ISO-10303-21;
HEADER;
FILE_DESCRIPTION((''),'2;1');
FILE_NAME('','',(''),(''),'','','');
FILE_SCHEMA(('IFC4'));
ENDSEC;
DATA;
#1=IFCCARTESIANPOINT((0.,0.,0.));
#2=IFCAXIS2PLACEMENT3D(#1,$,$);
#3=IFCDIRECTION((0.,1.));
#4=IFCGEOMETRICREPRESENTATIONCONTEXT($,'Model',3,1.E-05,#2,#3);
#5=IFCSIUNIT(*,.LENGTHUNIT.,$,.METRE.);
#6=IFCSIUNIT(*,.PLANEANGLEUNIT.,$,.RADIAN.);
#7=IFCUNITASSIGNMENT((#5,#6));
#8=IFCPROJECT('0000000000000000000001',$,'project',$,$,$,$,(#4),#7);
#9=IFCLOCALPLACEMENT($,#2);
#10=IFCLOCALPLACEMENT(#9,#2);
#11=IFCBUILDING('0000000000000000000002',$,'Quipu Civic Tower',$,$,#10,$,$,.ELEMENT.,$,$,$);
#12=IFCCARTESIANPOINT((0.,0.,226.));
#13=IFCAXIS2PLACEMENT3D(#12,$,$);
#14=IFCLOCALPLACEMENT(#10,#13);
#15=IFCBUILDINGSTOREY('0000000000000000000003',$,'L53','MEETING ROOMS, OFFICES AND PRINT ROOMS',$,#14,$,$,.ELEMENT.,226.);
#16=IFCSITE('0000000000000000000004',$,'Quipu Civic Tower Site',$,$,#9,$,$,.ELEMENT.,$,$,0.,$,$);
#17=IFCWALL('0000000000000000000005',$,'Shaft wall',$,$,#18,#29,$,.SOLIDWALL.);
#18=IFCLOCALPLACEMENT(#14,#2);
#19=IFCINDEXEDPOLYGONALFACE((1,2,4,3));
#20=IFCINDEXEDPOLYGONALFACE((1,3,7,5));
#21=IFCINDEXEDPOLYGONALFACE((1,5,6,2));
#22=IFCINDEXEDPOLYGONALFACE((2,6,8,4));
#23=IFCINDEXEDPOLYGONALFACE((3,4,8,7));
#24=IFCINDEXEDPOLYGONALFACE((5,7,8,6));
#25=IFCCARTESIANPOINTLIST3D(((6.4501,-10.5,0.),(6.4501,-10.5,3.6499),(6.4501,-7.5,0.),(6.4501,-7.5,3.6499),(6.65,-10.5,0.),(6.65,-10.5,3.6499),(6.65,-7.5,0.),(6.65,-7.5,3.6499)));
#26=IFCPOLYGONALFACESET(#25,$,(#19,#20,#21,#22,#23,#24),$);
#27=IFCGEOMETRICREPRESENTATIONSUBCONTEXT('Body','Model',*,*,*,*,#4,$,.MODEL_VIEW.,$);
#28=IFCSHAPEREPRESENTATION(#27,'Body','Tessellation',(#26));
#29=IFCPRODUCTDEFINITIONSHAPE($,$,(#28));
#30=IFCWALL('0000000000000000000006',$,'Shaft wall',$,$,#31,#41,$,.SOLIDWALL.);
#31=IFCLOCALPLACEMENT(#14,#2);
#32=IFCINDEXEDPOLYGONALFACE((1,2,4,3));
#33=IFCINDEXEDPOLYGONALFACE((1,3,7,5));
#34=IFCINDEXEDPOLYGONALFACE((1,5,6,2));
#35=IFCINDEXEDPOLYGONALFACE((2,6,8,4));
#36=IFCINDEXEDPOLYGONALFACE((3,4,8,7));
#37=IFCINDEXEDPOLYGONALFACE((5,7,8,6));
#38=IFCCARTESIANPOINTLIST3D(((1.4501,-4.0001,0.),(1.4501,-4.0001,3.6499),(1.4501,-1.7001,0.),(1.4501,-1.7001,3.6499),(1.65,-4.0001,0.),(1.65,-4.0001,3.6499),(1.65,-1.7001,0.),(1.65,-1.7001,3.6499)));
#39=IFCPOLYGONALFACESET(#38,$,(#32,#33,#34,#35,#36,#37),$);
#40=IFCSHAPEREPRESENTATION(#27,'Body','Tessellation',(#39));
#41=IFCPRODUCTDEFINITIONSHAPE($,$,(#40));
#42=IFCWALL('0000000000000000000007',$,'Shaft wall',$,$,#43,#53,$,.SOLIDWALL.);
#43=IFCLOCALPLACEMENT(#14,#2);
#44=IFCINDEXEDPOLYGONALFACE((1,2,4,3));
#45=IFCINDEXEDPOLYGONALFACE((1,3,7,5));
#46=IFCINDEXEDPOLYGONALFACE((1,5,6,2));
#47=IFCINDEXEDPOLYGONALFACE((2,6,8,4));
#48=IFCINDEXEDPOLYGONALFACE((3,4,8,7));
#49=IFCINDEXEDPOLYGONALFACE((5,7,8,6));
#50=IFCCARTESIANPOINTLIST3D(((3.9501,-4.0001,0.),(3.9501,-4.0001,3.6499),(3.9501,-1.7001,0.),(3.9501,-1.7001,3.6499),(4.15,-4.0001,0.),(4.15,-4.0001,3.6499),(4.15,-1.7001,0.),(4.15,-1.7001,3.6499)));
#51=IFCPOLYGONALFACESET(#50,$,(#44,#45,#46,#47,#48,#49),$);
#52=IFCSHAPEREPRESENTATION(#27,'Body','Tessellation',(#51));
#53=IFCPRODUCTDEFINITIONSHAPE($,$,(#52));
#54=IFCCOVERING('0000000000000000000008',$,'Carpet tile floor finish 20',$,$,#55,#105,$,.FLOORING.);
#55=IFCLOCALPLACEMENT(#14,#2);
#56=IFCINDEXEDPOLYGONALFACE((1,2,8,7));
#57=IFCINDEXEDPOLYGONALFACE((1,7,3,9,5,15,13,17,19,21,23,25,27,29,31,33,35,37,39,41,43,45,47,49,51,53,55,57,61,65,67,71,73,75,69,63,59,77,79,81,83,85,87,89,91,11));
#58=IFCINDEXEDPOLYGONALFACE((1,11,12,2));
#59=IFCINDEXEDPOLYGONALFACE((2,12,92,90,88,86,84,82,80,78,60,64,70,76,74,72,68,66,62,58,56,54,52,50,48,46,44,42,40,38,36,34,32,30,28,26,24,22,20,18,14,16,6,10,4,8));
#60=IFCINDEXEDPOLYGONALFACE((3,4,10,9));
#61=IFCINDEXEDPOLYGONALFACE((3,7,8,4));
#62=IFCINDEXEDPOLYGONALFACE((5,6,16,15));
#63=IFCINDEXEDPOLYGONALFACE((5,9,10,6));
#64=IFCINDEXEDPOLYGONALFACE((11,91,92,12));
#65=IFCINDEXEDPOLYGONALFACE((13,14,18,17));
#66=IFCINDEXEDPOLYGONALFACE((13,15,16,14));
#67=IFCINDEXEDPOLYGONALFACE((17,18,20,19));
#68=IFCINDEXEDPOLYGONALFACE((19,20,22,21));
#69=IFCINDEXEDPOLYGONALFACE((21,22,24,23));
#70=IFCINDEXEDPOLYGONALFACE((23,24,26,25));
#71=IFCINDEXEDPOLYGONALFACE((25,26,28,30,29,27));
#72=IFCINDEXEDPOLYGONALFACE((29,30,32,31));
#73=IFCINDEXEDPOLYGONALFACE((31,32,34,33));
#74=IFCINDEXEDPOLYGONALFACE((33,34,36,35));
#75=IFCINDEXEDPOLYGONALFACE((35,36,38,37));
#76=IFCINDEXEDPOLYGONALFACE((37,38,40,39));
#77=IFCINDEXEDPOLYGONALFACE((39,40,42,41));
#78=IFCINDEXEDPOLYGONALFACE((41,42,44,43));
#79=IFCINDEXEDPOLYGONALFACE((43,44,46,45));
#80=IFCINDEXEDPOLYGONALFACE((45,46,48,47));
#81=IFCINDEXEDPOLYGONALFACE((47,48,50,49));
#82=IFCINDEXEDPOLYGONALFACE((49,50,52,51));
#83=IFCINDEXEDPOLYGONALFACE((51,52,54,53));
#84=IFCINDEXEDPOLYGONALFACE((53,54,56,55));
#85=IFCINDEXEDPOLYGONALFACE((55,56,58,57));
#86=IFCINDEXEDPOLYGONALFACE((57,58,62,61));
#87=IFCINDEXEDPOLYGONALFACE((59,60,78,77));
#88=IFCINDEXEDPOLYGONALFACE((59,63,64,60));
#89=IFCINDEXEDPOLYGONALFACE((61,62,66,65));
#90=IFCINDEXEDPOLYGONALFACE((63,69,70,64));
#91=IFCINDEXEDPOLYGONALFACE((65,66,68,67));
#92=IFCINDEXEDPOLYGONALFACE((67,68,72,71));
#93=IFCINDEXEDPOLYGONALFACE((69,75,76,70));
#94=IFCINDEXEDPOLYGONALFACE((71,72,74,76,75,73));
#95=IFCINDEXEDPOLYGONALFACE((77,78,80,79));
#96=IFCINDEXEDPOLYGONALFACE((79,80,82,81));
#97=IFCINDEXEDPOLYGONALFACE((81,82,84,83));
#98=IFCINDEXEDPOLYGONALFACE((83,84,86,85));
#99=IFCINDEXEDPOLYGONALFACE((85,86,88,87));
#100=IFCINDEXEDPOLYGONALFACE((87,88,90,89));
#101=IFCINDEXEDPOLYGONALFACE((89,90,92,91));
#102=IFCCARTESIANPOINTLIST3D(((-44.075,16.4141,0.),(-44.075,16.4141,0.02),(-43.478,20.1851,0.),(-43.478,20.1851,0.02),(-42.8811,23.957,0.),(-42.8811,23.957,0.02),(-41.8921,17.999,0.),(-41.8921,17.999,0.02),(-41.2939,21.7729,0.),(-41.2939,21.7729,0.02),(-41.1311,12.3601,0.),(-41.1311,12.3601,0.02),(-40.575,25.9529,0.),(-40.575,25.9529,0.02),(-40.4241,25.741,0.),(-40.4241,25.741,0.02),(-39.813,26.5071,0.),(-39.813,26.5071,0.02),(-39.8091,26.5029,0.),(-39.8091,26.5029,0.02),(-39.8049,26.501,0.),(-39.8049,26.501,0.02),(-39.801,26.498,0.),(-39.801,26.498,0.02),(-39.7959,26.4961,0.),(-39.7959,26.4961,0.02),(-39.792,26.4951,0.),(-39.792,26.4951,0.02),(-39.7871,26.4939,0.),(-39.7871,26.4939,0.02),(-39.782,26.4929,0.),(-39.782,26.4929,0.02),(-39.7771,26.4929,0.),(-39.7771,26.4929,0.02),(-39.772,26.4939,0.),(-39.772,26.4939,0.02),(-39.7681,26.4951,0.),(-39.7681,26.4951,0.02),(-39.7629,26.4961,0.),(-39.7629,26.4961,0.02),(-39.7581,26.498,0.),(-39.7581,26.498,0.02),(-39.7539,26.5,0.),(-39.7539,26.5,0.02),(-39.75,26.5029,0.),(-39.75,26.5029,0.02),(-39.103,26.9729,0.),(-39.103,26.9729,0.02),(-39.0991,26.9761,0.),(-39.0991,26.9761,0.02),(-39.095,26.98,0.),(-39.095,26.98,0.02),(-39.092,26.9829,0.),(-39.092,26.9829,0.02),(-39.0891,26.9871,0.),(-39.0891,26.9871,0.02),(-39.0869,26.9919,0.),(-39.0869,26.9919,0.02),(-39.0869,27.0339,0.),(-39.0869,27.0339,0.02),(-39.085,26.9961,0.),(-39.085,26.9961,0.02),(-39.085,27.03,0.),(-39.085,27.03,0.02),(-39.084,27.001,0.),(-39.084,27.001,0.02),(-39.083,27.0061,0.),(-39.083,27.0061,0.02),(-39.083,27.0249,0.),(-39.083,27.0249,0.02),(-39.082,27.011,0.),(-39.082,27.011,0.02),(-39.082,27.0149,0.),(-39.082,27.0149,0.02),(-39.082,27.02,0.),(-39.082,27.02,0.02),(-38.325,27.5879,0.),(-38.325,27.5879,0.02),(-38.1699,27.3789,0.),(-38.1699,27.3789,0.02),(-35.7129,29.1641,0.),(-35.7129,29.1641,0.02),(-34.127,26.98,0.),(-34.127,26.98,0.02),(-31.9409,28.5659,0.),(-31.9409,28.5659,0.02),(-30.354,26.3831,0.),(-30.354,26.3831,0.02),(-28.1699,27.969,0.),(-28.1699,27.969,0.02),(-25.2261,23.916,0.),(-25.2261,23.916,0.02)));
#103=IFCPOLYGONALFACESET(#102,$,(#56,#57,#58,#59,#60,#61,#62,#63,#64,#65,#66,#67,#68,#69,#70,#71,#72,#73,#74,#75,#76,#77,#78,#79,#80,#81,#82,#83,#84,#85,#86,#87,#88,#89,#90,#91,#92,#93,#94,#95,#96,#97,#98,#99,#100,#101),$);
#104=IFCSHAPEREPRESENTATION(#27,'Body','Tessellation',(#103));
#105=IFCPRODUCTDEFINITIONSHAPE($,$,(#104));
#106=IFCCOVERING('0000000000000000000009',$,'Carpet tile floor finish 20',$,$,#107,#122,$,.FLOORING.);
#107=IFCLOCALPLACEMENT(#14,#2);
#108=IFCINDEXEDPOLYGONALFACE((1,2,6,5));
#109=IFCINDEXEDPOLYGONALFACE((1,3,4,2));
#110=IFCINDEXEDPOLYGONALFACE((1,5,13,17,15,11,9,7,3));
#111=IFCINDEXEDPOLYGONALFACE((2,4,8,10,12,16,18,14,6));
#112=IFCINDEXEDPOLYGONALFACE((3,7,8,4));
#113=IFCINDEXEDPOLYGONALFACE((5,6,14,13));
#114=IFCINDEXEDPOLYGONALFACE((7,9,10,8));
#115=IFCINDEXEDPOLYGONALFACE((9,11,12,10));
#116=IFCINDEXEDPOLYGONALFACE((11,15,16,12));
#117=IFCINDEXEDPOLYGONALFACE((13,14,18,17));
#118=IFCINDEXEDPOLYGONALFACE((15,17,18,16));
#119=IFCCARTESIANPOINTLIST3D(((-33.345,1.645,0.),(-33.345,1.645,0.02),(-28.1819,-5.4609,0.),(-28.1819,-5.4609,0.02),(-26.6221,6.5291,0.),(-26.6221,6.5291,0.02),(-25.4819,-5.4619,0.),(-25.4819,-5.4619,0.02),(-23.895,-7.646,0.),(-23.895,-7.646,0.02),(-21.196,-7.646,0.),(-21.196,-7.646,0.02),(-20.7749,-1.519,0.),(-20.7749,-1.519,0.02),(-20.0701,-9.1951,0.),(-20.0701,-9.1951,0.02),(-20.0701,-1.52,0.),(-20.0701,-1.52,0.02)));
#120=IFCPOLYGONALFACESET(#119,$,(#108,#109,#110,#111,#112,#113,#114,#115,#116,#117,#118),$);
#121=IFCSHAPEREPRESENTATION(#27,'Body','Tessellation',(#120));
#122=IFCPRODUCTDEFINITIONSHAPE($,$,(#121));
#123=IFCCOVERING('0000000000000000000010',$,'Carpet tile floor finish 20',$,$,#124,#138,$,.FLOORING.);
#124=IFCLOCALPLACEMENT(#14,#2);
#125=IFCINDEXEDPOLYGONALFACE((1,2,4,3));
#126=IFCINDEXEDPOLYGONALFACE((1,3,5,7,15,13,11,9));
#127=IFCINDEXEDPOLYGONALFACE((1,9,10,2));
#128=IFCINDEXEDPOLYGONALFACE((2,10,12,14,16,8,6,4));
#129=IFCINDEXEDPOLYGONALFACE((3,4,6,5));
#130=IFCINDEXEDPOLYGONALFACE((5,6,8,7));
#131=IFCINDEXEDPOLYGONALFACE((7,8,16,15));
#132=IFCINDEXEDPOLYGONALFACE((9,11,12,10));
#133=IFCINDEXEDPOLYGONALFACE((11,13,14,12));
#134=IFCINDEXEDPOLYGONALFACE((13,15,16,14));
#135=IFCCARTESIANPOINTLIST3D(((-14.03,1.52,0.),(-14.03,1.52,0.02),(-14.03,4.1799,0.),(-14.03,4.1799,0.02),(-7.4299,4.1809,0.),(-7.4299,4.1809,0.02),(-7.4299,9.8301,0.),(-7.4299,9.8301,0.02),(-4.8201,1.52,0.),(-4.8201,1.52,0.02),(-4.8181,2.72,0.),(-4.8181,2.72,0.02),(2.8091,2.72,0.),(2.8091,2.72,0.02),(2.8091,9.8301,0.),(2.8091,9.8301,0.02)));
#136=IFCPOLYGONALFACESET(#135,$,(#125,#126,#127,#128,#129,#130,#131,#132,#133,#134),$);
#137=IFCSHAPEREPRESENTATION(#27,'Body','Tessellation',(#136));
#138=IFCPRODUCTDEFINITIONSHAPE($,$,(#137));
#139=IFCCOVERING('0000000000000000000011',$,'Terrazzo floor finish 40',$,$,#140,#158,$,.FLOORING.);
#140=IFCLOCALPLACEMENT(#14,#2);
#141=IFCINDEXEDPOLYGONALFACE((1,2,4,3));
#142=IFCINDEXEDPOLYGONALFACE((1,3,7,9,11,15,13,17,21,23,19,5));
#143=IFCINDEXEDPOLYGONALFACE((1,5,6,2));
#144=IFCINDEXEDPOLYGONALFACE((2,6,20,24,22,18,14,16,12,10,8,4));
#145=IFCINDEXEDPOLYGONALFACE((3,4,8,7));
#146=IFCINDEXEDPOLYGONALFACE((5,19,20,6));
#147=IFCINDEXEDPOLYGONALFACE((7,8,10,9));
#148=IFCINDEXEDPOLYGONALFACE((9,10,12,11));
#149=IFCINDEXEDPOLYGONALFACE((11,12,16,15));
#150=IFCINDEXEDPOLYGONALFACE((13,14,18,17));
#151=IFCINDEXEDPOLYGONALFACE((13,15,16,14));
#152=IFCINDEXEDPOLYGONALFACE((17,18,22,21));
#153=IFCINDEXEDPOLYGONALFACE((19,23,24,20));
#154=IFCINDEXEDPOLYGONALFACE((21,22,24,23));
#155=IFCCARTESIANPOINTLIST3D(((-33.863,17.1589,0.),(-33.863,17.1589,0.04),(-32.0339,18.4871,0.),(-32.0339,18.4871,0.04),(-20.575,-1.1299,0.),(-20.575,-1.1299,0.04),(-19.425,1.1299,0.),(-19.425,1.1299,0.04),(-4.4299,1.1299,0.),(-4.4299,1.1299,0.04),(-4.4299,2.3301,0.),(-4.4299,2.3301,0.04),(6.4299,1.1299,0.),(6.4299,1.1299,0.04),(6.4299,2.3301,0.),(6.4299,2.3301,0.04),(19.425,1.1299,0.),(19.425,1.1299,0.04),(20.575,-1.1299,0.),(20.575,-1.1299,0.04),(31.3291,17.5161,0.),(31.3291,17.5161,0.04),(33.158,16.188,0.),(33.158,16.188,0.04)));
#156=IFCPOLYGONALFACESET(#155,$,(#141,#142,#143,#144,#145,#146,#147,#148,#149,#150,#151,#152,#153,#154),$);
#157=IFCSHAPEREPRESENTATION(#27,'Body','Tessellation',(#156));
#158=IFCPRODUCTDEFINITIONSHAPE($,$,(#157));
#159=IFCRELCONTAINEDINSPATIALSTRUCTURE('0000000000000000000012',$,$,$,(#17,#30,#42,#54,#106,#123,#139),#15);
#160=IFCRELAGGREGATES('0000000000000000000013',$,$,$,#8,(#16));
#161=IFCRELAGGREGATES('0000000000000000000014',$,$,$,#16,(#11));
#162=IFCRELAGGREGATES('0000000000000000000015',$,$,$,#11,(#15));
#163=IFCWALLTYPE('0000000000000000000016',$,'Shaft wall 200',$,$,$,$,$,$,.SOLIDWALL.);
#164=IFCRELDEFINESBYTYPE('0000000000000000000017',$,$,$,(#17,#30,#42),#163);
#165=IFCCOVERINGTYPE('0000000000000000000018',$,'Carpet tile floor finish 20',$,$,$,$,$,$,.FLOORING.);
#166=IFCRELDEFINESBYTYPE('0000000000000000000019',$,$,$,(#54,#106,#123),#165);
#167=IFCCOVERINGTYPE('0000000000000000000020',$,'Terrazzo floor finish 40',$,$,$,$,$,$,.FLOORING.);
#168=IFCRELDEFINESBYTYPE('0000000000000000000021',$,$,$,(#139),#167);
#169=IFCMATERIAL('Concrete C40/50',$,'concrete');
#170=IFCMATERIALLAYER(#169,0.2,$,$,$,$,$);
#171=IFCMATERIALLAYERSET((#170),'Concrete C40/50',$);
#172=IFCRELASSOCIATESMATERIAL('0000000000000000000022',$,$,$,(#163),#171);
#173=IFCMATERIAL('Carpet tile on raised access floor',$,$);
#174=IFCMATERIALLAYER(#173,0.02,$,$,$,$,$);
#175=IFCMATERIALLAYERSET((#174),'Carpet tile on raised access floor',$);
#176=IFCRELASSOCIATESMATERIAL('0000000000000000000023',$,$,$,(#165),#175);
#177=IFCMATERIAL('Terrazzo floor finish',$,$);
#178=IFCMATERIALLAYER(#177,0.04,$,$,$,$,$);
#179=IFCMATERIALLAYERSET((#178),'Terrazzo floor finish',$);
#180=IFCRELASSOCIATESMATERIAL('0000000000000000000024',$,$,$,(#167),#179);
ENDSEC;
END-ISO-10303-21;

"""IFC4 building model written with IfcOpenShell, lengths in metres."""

from ifc_helpers import new_model, si_unit, direction, frame, frame_2d, origin, place, context, subcontext, project, spatial, polyline, rectangle, outline, extrude, material, layer, layer_set, type_object, element, save


model = new_model("IFC4")

# Units and contexts
model_context = context("Model", 3, precision=1e-05, world=origin(), true_north=direction((0.0, 1.0)))
body_context = subcontext(model_context, "Body", "Model", "MODEL_VIEW")
ifc_project = project(units=[si_unit("LENGTHUNIT", "METRE"), si_unit("PLANEANGLEUNIT", "RADIAN")], contexts=[model_context])

# Site, building, storey
site_placement = place(None, origin())
site = spatial("IfcSite", under=ifc_project, at=site_placement, Name="Quipu Civic Tower Site", CompositionType="ELEMENT", RefElevation=0.0)
building_placement = place(site_placement, origin())
building = spatial("IfcBuilding", under=site, at=building_placement, Name="Quipu Civic Tower", CompositionType="ELEMENT")
storey_placement = place(building_placement, frame((0.0, 0.0, 226.0)))
storey = spatial("IfcBuildingStorey", under=building, at=storey_placement, Name="L53", Description="MEETING ROOMS, OFFICES AND PRINT ROOMS", CompositionType="ELEMENT", Elevation=226.0)

# Walls
ifc_material_1 = material(Name="Concrete C40/50", Category="concrete")
ifc_layer_1 = layer(ifc_material_1, 0.2)
ifc_layer_set_1 = layer_set([ifc_layer_1], Name="Concrete C40/50")
wall_type_1 = type_object("IfcWallType", Name="Shaft wall 200", PredefinedType="SOLIDWALL", material=ifc_layer_set_1)
for number, where, z_axis, x_axis, name in (
    (1, (6.55, -10.5, 0.0), (0.0, 0.0, 1.0), (0.0, 1.0, 0.0), "Shaft wall"),
):
    element("IfcWall", number, at=place(storey_placement, frame(where, z_axis=z_axis, x_axis=x_axis)), inside=storey, type_object=wall_type_1, Name=name, PredefinedType="SOLIDWALL", context=body_context, shape_type="SweptSolid", body=[
        extrude(rectangle(XDim=3.0, YDim=0.2, at=frame_2d((1.5, 0.0))), origin(), (0.0, 0.0, 1.0), 3.6499),
    ])
for number, where, z_axis, x_axis, name in (
    (2, (1.55, -4.0, 0.0), (0.0, 0.0, 1.0), (0.0, 1.0, 0.0), "Shaft wall"),
    (3, (4.05, -4.0, 0.0), (0.0, 0.0, 1.0), (0.0, 1.0, 0.0), "Shaft wall"),
):
    element("IfcWall", number, at=place(storey_placement, frame(where, z_axis=z_axis, x_axis=x_axis)), inside=storey, type_object=wall_type_1, Name=name, PredefinedType="SOLIDWALL", context=body_context, shape_type="SweptSolid", body=[
        extrude(rectangle(XDim=2.3, YDim=0.2, at=frame_2d((1.1499, 0.0))), origin(), (0.0, 0.0, 1.0), 3.6499),
    ])

# Coverings
ifc_material_2 = material(Name="Carpet tile on raised access floor")
ifc_layer_2 = layer(ifc_material_2, 0.02)
ifc_layer_set_2 = layer_set([ifc_layer_2], Name="Carpet tile on raised access floor")
covering_type_1 = type_object("IfcCoveringType", Name="Carpet tile floor finish 20", PredefinedType="FLOORING", material=ifc_layer_set_2)
covering_1_placement = place(storey_placement, origin())
element("IfcCovering", 4, at=covering_1_placement, inside=storey, type_object=covering_type_1, Name="Carpet tile floor finish 20", PredefinedType="FLOORING", context=body_context, shape_type="SweptSolid", body=[
    extrude(outline(polyline([(-44.075, 16.4141), (-41.8921, 17.999), (-43.478, 20.1851), (-41.2939, 21.7729), (-42.8811, 23.957), (-40.4241, 25.741), (-40.575, 25.9529), (-39.813, 26.5071), (-39.8091, 26.5029), (-39.8049, 26.501), (-39.801, 26.498), (-39.7959, 26.4961), (-39.792, 26.4951), (-39.7871, 26.4939), (-39.782, 26.4929), (-39.7771, 26.4929), (-39.772, 26.4939), (-39.7681, 26.4951), (-39.7629, 26.4961), (-39.7581, 26.498), (-39.7539, 26.5), (-39.75, 26.5029), (-39.103, 26.9729), (-39.0991, 26.9761), (-39.095, 26.98), (-39.092, 26.9829), (-39.0891, 26.9871), (-39.0869, 26.9919), (-39.085, 26.9961), (-39.084, 27.001), (-39.083, 27.0061), (-39.082, 27.011), (-39.082, 27.0149), (-39.082, 27.02), (-39.083, 27.0249), (-39.085, 27.03), (-39.0869, 27.0339), (-38.325, 27.5879), (-38.1699, 27.3789), (-35.7129, 29.1641), (-34.127, 26.98), (-31.9409, 28.5659), (-30.354, 26.3831), (-28.1699, 27.969), (-25.2261, 23.916), (-41.1311, 12.3601), (-44.075, 16.4141)])), origin(), (0.0, 0.0, 1.0), 0.02),
])
covering_2_placement = place(storey_placement, origin())
element("IfcCovering", 5, at=covering_2_placement, inside=storey, type_object=covering_type_1, Name="Carpet tile floor finish 20", PredefinedType="FLOORING", context=body_context, shape_type="SweptSolid", body=[
    extrude(outline(polyline([(-33.345, 1.645), (-26.6221, 6.5291), (-20.7749, -1.519), (-20.0701, -1.52), (-20.0701, -9.1951), (-21.196, -7.646), (-23.895, -7.646), (-25.4819, -5.4619), (-28.1819, -5.4609), (-33.345, 1.645)])), origin(), (0.0, 0.0, 1.0), 0.02),
])
covering_3_placement = place(storey_placement, origin())
element("IfcCovering", 6, at=covering_3_placement, inside=storey, type_object=covering_type_1, Name="Carpet tile floor finish 20", PredefinedType="FLOORING", context=body_context, shape_type="SweptSolid", body=[
    extrude(outline(polyline([(-14.03, 1.52), (-14.03, 4.1799), (-7.4299, 4.1809), (-7.4299, 9.8301), (2.8091, 9.8301), (2.8091, 2.72), (-4.8181, 2.72), (-4.8201, 1.52), (-14.03, 1.52)])), origin(), (0.0, 0.0, 1.0), 0.02),
])
ifc_material_3 = material(Name="Terrazzo floor finish")
ifc_layer_3 = layer(ifc_material_3, 0.04)
ifc_layer_set_3 = layer_set([ifc_layer_3], Name="Terrazzo floor finish")
covering_type_2 = type_object("IfcCoveringType", Name="Terrazzo floor finish 40", PredefinedType="FLOORING", material=ifc_layer_set_3)
covering_4_placement = place(storey_placement, origin())
element("IfcCovering", 7, at=covering_4_placement, inside=storey, type_object=covering_type_2, Name="Terrazzo floor finish 40", PredefinedType="FLOORING", context=body_context, shape_type="SweptSolid", body=[
    extrude(outline(polyline([(6.4299, 1.1299), (19.425, 1.1299), (31.3291, 17.5161), (33.158, 16.188), (20.575, -1.1299), (-20.575, -1.1299), (-33.863, 17.1589), (-32.0339, 18.4871), (-19.425, 1.1299), (-4.4299, 1.1299), (-4.4299, 2.3301), (6.4299, 2.3301), (6.4299, 1.1299)])), origin(), (0.0, 0.0, 1.0), 0.04),
])

save(model, "model.ifc")
